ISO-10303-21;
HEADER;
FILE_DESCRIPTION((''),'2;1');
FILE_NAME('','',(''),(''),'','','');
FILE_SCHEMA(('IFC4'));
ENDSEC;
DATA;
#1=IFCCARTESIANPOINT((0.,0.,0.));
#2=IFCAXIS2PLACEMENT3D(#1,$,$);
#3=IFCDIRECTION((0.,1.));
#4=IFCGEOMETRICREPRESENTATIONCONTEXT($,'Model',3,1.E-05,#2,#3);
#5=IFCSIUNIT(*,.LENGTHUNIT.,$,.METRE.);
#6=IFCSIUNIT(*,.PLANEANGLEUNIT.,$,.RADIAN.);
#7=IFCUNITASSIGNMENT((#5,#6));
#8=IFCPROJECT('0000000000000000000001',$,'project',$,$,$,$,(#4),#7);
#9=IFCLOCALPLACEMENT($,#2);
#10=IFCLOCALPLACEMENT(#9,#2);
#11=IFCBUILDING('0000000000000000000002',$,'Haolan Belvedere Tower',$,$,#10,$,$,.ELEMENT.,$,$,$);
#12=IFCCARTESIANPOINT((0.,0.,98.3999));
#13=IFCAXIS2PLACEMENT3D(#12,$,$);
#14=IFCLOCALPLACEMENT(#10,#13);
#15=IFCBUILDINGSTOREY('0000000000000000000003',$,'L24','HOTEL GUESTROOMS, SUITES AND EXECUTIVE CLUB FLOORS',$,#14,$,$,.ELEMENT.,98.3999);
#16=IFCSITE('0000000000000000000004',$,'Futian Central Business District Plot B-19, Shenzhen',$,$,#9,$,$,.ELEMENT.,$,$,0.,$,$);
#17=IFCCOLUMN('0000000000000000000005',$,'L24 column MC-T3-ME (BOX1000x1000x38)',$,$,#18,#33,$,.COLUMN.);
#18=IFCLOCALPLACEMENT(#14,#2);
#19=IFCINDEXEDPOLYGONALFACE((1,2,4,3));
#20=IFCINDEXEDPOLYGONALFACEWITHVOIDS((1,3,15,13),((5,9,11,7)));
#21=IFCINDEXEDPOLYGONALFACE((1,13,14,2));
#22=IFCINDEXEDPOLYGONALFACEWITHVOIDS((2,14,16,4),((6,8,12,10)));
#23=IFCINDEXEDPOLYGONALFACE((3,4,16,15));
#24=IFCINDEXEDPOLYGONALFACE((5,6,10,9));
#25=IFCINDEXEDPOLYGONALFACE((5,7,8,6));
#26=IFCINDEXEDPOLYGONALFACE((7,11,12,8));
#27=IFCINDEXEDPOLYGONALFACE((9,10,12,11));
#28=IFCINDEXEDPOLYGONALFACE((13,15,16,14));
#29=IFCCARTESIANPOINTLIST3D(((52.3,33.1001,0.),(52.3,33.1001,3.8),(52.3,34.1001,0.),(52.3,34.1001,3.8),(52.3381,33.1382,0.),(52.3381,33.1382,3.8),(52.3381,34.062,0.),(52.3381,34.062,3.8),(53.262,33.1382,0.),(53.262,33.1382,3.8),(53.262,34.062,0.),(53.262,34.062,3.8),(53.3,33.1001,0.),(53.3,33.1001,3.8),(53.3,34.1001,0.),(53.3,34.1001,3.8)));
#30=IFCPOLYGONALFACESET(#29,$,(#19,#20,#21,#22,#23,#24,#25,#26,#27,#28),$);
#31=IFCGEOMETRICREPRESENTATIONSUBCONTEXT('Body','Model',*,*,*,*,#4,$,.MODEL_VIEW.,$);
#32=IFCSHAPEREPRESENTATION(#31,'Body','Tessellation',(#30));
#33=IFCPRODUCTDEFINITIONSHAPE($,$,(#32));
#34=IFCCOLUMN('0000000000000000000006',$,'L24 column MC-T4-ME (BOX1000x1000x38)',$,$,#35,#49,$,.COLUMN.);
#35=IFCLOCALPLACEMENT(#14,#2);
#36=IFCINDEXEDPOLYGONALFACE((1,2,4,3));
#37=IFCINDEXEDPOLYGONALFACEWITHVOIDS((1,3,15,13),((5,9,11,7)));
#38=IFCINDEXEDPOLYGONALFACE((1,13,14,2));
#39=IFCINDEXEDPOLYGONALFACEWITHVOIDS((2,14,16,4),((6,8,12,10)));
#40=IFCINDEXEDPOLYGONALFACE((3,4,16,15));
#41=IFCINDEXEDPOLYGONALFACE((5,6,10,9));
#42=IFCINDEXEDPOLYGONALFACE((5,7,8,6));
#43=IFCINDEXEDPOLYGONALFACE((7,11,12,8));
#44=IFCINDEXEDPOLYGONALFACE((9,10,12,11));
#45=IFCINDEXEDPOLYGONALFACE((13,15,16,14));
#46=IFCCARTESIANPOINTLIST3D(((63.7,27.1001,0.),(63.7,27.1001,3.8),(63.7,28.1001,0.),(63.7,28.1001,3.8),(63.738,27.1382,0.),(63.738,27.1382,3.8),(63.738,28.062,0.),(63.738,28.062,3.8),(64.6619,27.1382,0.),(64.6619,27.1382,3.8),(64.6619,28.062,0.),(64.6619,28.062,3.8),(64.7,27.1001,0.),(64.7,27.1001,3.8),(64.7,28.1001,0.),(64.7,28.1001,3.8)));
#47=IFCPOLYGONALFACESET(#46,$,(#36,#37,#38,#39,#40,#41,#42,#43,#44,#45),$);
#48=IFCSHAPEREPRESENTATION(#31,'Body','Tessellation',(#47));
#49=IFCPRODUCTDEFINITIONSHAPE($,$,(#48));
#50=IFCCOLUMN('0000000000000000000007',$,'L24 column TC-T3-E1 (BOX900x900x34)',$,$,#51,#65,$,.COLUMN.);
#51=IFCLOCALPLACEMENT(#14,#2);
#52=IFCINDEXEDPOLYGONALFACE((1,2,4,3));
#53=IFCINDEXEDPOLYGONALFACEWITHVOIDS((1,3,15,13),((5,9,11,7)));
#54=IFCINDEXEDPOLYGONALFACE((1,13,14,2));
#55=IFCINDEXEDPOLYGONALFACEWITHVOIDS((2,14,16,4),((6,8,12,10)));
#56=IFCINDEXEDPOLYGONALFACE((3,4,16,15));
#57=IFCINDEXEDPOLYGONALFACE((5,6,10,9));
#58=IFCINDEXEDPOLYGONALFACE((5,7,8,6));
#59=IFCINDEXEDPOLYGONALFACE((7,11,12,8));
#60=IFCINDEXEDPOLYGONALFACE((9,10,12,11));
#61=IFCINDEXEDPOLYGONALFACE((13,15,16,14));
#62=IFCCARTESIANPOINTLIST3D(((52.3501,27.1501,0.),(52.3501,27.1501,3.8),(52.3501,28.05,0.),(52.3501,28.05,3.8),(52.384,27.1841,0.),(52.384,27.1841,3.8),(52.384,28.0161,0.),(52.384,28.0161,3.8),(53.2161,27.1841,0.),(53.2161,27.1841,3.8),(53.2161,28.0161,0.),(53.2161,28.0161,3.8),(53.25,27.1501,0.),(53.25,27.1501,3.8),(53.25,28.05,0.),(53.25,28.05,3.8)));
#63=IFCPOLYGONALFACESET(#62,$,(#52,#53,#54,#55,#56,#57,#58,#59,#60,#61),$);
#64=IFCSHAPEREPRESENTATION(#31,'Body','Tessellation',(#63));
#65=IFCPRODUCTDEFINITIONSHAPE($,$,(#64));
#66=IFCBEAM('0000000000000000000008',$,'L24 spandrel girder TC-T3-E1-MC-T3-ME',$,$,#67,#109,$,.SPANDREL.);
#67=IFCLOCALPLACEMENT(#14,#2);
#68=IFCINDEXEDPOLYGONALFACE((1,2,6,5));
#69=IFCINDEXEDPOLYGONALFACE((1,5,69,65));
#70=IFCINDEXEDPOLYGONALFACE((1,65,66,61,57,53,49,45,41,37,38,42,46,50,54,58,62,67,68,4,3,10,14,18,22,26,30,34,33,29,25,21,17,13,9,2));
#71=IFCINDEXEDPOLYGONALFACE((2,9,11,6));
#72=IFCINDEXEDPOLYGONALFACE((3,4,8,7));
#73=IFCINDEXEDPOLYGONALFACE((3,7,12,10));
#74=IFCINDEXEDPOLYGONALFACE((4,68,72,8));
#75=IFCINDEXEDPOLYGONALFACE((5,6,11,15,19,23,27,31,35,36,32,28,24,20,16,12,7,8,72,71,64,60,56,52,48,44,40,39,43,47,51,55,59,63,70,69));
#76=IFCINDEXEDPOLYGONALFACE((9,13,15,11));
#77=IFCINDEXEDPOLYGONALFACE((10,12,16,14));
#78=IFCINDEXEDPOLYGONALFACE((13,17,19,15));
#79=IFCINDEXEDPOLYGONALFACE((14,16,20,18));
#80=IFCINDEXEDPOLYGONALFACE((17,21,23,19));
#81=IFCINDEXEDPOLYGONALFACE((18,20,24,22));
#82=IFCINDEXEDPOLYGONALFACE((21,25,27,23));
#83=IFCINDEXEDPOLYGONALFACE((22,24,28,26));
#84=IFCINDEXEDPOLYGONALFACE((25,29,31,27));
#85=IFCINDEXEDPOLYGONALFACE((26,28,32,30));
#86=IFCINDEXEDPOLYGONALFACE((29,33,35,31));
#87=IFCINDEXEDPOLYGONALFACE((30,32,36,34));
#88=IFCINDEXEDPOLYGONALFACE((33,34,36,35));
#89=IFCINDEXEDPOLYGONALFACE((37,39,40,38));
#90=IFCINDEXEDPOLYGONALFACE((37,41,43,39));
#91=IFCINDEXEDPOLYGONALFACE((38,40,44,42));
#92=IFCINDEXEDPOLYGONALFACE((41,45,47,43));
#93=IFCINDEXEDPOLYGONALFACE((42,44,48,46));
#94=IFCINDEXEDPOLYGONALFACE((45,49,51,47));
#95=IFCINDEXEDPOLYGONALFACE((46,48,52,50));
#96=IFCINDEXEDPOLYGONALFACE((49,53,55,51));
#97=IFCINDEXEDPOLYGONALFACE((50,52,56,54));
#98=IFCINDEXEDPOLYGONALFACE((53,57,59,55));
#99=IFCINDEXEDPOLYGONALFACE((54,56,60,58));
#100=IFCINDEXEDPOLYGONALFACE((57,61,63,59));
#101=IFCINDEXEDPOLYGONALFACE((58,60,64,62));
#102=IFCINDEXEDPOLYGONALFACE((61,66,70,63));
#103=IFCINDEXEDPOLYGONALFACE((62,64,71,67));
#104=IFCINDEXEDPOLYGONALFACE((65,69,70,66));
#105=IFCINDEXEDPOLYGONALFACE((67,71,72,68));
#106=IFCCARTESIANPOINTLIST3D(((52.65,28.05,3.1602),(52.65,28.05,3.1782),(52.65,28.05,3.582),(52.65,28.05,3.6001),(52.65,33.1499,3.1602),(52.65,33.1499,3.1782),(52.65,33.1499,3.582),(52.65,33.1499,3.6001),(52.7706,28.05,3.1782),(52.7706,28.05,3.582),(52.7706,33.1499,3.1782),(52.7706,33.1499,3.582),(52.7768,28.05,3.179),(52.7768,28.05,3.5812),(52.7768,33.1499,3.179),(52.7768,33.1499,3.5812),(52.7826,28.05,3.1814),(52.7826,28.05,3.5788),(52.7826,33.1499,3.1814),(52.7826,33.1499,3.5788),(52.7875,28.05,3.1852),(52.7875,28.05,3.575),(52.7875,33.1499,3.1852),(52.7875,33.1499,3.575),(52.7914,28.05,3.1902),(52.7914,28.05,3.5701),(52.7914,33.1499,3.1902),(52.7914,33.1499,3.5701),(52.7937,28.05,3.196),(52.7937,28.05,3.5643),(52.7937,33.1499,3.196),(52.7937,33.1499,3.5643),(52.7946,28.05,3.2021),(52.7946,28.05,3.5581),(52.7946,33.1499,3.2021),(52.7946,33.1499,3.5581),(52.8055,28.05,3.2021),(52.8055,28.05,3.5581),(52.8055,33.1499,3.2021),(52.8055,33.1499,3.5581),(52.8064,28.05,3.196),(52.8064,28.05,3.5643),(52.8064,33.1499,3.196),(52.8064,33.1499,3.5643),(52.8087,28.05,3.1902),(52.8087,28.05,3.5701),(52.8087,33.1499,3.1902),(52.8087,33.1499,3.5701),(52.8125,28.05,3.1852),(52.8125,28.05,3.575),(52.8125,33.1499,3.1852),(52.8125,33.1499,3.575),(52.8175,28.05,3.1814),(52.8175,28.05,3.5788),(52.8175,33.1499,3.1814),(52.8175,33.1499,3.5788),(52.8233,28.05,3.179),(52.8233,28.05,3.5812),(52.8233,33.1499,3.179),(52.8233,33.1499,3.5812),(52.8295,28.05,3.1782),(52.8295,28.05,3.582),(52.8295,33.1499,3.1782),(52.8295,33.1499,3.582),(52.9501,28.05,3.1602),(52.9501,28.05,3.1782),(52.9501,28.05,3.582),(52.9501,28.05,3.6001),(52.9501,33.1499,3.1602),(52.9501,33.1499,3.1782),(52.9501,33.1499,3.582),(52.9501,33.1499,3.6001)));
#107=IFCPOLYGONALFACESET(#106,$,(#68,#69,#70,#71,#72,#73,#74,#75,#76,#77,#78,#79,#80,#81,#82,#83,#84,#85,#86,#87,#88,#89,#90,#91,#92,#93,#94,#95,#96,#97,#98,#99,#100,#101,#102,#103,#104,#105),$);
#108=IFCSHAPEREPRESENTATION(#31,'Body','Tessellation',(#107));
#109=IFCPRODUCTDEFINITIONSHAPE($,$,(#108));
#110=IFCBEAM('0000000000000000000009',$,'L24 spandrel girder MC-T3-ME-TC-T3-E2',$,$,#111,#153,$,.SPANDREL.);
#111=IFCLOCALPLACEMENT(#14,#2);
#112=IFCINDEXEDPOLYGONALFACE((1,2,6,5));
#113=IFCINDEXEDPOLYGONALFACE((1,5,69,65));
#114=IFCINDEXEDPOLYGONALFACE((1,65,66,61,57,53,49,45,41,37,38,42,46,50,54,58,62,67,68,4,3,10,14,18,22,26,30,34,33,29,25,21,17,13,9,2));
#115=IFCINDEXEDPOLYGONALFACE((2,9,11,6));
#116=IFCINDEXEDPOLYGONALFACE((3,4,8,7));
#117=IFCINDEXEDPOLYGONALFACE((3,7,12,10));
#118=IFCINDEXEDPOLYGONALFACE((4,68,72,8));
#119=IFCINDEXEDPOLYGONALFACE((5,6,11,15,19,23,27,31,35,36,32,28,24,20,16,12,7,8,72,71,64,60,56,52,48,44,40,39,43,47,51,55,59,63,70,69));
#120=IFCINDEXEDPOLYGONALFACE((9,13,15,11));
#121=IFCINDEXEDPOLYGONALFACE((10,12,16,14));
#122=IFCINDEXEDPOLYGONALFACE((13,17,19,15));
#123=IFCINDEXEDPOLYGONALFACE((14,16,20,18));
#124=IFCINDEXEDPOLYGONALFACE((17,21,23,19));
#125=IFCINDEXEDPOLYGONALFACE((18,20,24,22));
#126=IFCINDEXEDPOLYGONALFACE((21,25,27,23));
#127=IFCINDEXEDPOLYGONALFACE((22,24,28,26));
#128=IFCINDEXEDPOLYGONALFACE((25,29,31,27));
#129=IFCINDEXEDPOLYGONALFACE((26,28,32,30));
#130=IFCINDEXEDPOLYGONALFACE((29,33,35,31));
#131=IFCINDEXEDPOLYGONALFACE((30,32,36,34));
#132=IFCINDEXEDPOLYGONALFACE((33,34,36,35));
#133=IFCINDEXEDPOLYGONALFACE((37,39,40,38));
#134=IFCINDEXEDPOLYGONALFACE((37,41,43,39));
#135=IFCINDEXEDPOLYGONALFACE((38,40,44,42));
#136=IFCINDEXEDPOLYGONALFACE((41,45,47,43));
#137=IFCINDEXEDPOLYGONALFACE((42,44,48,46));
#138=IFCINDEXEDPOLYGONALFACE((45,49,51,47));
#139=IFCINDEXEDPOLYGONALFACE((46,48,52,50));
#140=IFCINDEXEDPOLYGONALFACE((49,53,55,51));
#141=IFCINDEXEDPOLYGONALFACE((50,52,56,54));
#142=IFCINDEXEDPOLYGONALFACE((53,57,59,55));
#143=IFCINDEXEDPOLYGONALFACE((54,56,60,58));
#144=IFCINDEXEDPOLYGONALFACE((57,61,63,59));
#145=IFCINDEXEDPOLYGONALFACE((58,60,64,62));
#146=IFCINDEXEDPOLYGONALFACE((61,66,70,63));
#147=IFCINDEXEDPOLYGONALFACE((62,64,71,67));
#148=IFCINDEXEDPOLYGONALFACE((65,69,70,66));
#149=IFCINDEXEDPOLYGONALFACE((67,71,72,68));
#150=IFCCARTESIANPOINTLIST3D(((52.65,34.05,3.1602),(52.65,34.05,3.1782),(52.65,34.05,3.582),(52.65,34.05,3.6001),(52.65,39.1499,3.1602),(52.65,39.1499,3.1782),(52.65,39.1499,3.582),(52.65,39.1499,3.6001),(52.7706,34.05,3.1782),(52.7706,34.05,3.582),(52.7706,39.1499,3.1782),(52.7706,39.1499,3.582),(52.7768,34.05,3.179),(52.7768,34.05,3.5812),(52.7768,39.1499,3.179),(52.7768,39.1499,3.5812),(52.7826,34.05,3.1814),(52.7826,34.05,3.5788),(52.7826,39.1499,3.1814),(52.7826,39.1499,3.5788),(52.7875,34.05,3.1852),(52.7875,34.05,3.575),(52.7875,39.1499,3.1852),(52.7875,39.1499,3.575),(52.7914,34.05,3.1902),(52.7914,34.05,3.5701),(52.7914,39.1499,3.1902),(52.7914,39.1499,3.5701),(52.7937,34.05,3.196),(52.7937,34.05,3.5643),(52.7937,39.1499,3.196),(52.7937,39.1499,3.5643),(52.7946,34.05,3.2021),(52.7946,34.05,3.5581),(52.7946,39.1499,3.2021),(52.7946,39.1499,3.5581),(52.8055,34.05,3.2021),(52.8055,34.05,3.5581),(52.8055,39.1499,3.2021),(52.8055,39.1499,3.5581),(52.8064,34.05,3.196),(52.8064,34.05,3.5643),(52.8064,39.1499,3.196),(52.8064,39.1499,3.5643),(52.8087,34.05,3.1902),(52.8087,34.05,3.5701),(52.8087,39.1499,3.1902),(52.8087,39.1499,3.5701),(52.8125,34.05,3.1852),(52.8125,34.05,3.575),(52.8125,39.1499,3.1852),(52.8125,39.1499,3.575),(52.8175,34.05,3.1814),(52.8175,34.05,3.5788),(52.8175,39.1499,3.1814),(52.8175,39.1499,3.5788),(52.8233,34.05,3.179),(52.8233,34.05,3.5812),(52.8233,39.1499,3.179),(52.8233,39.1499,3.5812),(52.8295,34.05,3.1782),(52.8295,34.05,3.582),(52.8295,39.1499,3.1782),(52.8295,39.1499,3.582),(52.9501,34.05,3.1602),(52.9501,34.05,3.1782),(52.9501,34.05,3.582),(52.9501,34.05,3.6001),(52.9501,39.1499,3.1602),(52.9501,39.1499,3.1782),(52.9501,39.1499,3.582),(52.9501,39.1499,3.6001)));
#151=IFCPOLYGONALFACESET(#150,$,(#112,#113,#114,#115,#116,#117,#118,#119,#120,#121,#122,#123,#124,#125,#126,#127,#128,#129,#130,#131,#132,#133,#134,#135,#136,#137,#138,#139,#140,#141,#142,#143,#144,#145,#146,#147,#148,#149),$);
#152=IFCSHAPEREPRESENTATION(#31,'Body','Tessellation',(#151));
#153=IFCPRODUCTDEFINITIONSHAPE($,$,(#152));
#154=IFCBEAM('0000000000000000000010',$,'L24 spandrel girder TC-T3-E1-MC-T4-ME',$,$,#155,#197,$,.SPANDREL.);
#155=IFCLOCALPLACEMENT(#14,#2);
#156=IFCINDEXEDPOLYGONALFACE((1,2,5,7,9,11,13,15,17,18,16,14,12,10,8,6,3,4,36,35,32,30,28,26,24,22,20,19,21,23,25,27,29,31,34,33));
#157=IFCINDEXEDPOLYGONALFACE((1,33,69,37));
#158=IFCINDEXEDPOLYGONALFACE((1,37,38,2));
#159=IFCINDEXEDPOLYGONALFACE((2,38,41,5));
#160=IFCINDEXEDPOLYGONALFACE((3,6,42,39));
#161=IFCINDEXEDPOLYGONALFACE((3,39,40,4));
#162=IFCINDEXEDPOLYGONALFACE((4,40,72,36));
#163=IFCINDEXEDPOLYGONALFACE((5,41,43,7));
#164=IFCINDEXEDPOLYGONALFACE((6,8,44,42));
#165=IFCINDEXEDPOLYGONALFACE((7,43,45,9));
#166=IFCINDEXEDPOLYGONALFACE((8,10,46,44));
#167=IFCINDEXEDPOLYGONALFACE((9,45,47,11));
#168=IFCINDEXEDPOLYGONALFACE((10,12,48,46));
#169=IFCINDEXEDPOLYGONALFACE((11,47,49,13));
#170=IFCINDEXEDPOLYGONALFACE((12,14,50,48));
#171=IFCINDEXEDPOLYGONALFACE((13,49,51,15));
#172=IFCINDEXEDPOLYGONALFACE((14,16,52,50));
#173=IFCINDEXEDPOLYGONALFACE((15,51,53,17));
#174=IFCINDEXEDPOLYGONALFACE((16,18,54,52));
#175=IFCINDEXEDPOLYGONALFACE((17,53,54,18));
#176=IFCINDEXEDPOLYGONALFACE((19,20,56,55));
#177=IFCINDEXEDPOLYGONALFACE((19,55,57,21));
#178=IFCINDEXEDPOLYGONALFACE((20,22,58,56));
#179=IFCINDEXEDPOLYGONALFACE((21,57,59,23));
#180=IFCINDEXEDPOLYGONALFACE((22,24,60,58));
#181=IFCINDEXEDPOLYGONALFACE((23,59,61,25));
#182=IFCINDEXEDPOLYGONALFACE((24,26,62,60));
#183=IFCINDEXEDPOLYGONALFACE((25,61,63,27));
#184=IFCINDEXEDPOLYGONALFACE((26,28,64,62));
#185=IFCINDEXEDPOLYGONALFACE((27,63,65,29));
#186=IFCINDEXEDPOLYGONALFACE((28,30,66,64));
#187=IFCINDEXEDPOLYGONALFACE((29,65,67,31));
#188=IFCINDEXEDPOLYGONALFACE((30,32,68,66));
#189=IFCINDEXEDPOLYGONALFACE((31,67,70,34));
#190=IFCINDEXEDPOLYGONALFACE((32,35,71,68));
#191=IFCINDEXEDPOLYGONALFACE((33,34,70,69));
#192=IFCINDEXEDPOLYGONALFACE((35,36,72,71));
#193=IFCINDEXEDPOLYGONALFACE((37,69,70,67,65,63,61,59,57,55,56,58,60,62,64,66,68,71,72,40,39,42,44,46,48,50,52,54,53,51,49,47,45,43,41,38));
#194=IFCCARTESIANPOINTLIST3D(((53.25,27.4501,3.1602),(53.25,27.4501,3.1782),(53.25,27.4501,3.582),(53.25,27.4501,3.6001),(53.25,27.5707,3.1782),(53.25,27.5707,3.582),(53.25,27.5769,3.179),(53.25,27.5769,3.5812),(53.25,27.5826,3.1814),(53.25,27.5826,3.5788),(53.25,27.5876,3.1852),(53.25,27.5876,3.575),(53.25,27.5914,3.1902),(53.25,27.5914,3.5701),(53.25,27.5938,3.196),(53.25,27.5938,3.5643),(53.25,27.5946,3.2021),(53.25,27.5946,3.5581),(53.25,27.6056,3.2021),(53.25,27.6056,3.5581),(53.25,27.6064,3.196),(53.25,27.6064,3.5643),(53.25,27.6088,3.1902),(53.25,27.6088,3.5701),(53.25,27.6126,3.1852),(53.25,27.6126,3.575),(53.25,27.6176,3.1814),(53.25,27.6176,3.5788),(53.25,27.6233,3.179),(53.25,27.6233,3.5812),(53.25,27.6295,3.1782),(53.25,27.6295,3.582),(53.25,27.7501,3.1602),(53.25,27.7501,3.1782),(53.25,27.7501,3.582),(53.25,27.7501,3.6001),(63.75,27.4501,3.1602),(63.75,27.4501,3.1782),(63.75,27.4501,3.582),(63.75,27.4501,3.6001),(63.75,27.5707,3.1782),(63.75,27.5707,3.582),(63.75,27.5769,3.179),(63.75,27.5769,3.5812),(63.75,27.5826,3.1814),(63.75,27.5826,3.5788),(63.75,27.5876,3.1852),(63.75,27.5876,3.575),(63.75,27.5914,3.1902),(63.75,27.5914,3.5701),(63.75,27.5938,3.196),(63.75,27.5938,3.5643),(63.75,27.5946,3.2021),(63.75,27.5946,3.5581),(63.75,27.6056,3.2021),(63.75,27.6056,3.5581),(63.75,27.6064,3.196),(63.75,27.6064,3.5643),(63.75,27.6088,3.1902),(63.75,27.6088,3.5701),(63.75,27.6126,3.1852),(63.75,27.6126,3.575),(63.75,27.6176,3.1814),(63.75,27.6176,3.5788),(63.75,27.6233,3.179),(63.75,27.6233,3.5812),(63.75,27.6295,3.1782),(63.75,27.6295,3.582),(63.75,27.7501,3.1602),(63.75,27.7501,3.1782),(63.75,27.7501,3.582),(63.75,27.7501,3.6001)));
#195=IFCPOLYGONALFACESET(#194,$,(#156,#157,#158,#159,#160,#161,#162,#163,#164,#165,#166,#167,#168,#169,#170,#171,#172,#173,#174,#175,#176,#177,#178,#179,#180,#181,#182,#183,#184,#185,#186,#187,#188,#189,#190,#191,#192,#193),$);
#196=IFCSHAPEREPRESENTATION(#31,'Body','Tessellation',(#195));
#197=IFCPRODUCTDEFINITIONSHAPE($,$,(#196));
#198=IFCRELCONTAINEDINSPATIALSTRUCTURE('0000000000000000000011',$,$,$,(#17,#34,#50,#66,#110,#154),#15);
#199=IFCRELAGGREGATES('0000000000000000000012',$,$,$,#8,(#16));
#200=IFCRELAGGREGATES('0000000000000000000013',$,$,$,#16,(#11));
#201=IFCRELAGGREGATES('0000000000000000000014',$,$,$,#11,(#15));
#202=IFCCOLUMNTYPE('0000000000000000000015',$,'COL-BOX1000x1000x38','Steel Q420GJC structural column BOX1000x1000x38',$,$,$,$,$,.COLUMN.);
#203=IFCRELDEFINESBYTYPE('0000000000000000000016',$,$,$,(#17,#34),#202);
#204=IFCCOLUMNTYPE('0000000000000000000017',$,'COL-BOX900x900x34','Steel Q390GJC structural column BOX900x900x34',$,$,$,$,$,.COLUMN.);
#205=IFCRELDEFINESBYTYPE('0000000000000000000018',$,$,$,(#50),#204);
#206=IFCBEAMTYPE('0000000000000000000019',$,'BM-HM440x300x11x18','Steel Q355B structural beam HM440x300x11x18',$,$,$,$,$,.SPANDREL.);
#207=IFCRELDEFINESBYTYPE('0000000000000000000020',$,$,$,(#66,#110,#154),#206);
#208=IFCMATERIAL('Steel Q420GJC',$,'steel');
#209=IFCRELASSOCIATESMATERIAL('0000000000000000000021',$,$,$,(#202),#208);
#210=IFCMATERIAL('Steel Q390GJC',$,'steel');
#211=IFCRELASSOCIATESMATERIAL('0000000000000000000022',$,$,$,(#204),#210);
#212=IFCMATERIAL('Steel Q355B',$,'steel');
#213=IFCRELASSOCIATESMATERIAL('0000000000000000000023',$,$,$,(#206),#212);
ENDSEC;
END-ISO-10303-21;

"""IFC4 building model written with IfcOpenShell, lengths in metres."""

from ifc_helpers import new_model, si_unit, direction, frame, origin, origin_2d, place, context, subcontext, project, spatial, hollow_rectangle, i_section, extrude, material, material_profile, profile_set, type_object, element, save


model = new_model("IFC4")

# Units and contexts
model_context = context("Model", 3, precision=1e-05, world=origin(), true_north=direction((0.0, 1.0)))
body_context = subcontext(model_context, "Body", "Model", "MODEL_VIEW")
ifc_project = project(units=[si_unit("LENGTHUNIT", "METRE"), si_unit("PLANEANGLEUNIT", "RADIAN")], contexts=[model_context])

# Site, building, storey
site_placement = place(None, origin())
site = spatial("IfcSite", under=ifc_project, at=site_placement, Name="Futian Central Business District Plot B-19, Shenzhen", CompositionType="ELEMENT", RefElevation=0.0)
building_placement = place(site_placement, origin())
building = spatial("IfcBuilding", under=site, at=building_placement, Name="Haolan Belvedere Tower", CompositionType="ELEMENT")
storey_placement = place(building_placement, frame((0.0, 0.0, 98.3999)))
storey = spatial("IfcBuildingStorey", under=building, at=storey_placement, Name="L24", Description="HOTEL GUESTROOMS, SUITES AND EXECUTIVE CLUB FLOORS", CompositionType="ELEMENT", Elevation=98.3999)

# Columns
ifc_material_1 = material(Name="Steel Q420GJC", Category="steel")
ifc_material_profile_1 = material_profile(ifc_material_1, hollow_rectangle(XDim=1.0, YDim=1.0, WallThickness=0.0381, at=origin_2d()), Name="Steel Q420GJC")
ifc_profile_set_1 = profile_set([ifc_material_profile_1], Name="Steel Q420GJC")
column_type_1 = type_object("IfcColumnType", Name="COL-BOX1000x1000x38", Description="Steel Q420GJC structural column BOX1000x1000x38", PredefinedType="COLUMN", material=ifc_profile_set_1)
for number, where, z_axis, x_axis, name in (
    (1, (52.8, 33.6001, 0.0), (0.0, 0.0, 1.0), (1.0, 0.0, 0.0), "L24 column MC-T3-ME (BOX1000x1000x38)"),
    (2, (64.2, 27.6001, 0.0), (0.0, 0.0, 1.0), (1.0, 0.0, 0.0), "L24 column MC-T4-ME (BOX1000x1000x38)"),
):
    element("IfcColumn", number, at=place(storey_placement, frame(where, z_axis=z_axis, x_axis=x_axis)), inside=storey, type_object=column_type_1, Name=name, PredefinedType="COLUMN", context=body_context, shape_type="SweptSolid", body=[
        extrude(hollow_rectangle(XDim=1.0, YDim=1.0, WallThickness=0.0381, at=origin_2d()), origin(), (0.0, 0.0, 1.0), 3.8),
    ])
ifc_material_2 = material(Name="Steel Q390GJC", Category="steel")
ifc_material_profile_2 = material_profile(ifc_material_2, hollow_rectangle(XDim=0.8999, YDim=0.8999, WallThickness=0.0339, at=origin_2d()), Name="Steel Q390GJC")
ifc_profile_set_2 = profile_set([ifc_material_profile_2], Name="Steel Q390GJC")
column_type_2 = type_object("IfcColumnType", Name="COL-BOX900x900x34", Description="Steel Q390GJC structural column BOX900x900x34", PredefinedType="COLUMN", material=ifc_profile_set_2)
column_placement = place(storey_placement, frame((52.8, 27.6001, 0.0), z_axis=(0.0, 0.0, 1.0), x_axis=(1.0, 0.0, 0.0)))
element("IfcColumn", 3, at=column_placement, inside=storey, type_object=column_type_2, Name="L24 column TC-T3-E1 (BOX900x900x34)", PredefinedType="COLUMN", context=body_context, shape_type="SweptSolid", body=[
    extrude(hollow_rectangle(XDim=0.8999, YDim=0.8999, WallThickness=0.0339, at=origin_2d()), origin(), (0.0, 0.0, 1.0), 3.8),
])

# Beams
ifc_material_3 = material(Name="Steel Q355B", Category="steel")
ifc_material_profile_3 = material_profile(ifc_material_3, i_section(OverallWidth=0.3, OverallDepth=0.4399, WebThickness=0.011, FlangeThickness=0.0181, FilletRadius=0.0239, at=origin_2d()), Name="Steel Q355B")
ifc_profile_set_3 = profile_set([ifc_material_profile_3], Name="Steel Q355B")
beam_type_1 = type_object("IfcBeamType", Name="BM-HM440x300x11x18", Description="Steel Q355B structural beam HM440x300x11x18", PredefinedType="SPANDREL", material=ifc_profile_set_3)
for number, where, z_axis, x_axis, name in (
    (4, (52.8, 28.05, 3.3801), (0.0, 1.0, 0.0), (-1.0, 0.0, 0.0), "L24 spandrel girder TC-T3-E1-MC-T3-ME"),
    (5, (52.8, 34.05, 3.3801), (0.0, 1.0, 0.0), (-1.0, 0.0, 0.0), "L24 spandrel girder MC-T3-ME-TC-T3-E2"),
):
    element("IfcBeam", number, at=place(storey_placement, frame(where, z_axis=z_axis, x_axis=x_axis)), inside=storey, type_object=beam_type_1, Name=name, PredefinedType="SPANDREL", context=body_context, shape_type="SweptSolid", body=[
        extrude(i_section(OverallWidth=0.3, OverallDepth=0.4399, WebThickness=0.011, FlangeThickness=0.0181, FilletRadius=0.0239, at=origin_2d()), origin(), (0.0, 0.0, 1.0), 5.0999),
    ])
beam_1_placement = place(storey_placement, frame((53.25, 27.6001, 3.3801), z_axis=(1.0, 0.0, 0.0), x_axis=(0.0, 1.0, 0.0)))
element("IfcBeam", 6, at=beam_1_placement, inside=storey, type_object=beam_type_1, Name="L24 spandrel girder TC-T3-E1-MC-T4-ME", PredefinedType="SPANDREL", context=body_context, shape_type="SweptSolid", body=[
    extrude(i_section(OverallWidth=0.3, OverallDepth=0.4399, WebThickness=0.011, FlangeThickness=0.0181, FilletRadius=0.0239, at=origin_2d()), origin(), (0.0, 0.0, 1.0), 10.5),
])

save(model, "model.ifc")
